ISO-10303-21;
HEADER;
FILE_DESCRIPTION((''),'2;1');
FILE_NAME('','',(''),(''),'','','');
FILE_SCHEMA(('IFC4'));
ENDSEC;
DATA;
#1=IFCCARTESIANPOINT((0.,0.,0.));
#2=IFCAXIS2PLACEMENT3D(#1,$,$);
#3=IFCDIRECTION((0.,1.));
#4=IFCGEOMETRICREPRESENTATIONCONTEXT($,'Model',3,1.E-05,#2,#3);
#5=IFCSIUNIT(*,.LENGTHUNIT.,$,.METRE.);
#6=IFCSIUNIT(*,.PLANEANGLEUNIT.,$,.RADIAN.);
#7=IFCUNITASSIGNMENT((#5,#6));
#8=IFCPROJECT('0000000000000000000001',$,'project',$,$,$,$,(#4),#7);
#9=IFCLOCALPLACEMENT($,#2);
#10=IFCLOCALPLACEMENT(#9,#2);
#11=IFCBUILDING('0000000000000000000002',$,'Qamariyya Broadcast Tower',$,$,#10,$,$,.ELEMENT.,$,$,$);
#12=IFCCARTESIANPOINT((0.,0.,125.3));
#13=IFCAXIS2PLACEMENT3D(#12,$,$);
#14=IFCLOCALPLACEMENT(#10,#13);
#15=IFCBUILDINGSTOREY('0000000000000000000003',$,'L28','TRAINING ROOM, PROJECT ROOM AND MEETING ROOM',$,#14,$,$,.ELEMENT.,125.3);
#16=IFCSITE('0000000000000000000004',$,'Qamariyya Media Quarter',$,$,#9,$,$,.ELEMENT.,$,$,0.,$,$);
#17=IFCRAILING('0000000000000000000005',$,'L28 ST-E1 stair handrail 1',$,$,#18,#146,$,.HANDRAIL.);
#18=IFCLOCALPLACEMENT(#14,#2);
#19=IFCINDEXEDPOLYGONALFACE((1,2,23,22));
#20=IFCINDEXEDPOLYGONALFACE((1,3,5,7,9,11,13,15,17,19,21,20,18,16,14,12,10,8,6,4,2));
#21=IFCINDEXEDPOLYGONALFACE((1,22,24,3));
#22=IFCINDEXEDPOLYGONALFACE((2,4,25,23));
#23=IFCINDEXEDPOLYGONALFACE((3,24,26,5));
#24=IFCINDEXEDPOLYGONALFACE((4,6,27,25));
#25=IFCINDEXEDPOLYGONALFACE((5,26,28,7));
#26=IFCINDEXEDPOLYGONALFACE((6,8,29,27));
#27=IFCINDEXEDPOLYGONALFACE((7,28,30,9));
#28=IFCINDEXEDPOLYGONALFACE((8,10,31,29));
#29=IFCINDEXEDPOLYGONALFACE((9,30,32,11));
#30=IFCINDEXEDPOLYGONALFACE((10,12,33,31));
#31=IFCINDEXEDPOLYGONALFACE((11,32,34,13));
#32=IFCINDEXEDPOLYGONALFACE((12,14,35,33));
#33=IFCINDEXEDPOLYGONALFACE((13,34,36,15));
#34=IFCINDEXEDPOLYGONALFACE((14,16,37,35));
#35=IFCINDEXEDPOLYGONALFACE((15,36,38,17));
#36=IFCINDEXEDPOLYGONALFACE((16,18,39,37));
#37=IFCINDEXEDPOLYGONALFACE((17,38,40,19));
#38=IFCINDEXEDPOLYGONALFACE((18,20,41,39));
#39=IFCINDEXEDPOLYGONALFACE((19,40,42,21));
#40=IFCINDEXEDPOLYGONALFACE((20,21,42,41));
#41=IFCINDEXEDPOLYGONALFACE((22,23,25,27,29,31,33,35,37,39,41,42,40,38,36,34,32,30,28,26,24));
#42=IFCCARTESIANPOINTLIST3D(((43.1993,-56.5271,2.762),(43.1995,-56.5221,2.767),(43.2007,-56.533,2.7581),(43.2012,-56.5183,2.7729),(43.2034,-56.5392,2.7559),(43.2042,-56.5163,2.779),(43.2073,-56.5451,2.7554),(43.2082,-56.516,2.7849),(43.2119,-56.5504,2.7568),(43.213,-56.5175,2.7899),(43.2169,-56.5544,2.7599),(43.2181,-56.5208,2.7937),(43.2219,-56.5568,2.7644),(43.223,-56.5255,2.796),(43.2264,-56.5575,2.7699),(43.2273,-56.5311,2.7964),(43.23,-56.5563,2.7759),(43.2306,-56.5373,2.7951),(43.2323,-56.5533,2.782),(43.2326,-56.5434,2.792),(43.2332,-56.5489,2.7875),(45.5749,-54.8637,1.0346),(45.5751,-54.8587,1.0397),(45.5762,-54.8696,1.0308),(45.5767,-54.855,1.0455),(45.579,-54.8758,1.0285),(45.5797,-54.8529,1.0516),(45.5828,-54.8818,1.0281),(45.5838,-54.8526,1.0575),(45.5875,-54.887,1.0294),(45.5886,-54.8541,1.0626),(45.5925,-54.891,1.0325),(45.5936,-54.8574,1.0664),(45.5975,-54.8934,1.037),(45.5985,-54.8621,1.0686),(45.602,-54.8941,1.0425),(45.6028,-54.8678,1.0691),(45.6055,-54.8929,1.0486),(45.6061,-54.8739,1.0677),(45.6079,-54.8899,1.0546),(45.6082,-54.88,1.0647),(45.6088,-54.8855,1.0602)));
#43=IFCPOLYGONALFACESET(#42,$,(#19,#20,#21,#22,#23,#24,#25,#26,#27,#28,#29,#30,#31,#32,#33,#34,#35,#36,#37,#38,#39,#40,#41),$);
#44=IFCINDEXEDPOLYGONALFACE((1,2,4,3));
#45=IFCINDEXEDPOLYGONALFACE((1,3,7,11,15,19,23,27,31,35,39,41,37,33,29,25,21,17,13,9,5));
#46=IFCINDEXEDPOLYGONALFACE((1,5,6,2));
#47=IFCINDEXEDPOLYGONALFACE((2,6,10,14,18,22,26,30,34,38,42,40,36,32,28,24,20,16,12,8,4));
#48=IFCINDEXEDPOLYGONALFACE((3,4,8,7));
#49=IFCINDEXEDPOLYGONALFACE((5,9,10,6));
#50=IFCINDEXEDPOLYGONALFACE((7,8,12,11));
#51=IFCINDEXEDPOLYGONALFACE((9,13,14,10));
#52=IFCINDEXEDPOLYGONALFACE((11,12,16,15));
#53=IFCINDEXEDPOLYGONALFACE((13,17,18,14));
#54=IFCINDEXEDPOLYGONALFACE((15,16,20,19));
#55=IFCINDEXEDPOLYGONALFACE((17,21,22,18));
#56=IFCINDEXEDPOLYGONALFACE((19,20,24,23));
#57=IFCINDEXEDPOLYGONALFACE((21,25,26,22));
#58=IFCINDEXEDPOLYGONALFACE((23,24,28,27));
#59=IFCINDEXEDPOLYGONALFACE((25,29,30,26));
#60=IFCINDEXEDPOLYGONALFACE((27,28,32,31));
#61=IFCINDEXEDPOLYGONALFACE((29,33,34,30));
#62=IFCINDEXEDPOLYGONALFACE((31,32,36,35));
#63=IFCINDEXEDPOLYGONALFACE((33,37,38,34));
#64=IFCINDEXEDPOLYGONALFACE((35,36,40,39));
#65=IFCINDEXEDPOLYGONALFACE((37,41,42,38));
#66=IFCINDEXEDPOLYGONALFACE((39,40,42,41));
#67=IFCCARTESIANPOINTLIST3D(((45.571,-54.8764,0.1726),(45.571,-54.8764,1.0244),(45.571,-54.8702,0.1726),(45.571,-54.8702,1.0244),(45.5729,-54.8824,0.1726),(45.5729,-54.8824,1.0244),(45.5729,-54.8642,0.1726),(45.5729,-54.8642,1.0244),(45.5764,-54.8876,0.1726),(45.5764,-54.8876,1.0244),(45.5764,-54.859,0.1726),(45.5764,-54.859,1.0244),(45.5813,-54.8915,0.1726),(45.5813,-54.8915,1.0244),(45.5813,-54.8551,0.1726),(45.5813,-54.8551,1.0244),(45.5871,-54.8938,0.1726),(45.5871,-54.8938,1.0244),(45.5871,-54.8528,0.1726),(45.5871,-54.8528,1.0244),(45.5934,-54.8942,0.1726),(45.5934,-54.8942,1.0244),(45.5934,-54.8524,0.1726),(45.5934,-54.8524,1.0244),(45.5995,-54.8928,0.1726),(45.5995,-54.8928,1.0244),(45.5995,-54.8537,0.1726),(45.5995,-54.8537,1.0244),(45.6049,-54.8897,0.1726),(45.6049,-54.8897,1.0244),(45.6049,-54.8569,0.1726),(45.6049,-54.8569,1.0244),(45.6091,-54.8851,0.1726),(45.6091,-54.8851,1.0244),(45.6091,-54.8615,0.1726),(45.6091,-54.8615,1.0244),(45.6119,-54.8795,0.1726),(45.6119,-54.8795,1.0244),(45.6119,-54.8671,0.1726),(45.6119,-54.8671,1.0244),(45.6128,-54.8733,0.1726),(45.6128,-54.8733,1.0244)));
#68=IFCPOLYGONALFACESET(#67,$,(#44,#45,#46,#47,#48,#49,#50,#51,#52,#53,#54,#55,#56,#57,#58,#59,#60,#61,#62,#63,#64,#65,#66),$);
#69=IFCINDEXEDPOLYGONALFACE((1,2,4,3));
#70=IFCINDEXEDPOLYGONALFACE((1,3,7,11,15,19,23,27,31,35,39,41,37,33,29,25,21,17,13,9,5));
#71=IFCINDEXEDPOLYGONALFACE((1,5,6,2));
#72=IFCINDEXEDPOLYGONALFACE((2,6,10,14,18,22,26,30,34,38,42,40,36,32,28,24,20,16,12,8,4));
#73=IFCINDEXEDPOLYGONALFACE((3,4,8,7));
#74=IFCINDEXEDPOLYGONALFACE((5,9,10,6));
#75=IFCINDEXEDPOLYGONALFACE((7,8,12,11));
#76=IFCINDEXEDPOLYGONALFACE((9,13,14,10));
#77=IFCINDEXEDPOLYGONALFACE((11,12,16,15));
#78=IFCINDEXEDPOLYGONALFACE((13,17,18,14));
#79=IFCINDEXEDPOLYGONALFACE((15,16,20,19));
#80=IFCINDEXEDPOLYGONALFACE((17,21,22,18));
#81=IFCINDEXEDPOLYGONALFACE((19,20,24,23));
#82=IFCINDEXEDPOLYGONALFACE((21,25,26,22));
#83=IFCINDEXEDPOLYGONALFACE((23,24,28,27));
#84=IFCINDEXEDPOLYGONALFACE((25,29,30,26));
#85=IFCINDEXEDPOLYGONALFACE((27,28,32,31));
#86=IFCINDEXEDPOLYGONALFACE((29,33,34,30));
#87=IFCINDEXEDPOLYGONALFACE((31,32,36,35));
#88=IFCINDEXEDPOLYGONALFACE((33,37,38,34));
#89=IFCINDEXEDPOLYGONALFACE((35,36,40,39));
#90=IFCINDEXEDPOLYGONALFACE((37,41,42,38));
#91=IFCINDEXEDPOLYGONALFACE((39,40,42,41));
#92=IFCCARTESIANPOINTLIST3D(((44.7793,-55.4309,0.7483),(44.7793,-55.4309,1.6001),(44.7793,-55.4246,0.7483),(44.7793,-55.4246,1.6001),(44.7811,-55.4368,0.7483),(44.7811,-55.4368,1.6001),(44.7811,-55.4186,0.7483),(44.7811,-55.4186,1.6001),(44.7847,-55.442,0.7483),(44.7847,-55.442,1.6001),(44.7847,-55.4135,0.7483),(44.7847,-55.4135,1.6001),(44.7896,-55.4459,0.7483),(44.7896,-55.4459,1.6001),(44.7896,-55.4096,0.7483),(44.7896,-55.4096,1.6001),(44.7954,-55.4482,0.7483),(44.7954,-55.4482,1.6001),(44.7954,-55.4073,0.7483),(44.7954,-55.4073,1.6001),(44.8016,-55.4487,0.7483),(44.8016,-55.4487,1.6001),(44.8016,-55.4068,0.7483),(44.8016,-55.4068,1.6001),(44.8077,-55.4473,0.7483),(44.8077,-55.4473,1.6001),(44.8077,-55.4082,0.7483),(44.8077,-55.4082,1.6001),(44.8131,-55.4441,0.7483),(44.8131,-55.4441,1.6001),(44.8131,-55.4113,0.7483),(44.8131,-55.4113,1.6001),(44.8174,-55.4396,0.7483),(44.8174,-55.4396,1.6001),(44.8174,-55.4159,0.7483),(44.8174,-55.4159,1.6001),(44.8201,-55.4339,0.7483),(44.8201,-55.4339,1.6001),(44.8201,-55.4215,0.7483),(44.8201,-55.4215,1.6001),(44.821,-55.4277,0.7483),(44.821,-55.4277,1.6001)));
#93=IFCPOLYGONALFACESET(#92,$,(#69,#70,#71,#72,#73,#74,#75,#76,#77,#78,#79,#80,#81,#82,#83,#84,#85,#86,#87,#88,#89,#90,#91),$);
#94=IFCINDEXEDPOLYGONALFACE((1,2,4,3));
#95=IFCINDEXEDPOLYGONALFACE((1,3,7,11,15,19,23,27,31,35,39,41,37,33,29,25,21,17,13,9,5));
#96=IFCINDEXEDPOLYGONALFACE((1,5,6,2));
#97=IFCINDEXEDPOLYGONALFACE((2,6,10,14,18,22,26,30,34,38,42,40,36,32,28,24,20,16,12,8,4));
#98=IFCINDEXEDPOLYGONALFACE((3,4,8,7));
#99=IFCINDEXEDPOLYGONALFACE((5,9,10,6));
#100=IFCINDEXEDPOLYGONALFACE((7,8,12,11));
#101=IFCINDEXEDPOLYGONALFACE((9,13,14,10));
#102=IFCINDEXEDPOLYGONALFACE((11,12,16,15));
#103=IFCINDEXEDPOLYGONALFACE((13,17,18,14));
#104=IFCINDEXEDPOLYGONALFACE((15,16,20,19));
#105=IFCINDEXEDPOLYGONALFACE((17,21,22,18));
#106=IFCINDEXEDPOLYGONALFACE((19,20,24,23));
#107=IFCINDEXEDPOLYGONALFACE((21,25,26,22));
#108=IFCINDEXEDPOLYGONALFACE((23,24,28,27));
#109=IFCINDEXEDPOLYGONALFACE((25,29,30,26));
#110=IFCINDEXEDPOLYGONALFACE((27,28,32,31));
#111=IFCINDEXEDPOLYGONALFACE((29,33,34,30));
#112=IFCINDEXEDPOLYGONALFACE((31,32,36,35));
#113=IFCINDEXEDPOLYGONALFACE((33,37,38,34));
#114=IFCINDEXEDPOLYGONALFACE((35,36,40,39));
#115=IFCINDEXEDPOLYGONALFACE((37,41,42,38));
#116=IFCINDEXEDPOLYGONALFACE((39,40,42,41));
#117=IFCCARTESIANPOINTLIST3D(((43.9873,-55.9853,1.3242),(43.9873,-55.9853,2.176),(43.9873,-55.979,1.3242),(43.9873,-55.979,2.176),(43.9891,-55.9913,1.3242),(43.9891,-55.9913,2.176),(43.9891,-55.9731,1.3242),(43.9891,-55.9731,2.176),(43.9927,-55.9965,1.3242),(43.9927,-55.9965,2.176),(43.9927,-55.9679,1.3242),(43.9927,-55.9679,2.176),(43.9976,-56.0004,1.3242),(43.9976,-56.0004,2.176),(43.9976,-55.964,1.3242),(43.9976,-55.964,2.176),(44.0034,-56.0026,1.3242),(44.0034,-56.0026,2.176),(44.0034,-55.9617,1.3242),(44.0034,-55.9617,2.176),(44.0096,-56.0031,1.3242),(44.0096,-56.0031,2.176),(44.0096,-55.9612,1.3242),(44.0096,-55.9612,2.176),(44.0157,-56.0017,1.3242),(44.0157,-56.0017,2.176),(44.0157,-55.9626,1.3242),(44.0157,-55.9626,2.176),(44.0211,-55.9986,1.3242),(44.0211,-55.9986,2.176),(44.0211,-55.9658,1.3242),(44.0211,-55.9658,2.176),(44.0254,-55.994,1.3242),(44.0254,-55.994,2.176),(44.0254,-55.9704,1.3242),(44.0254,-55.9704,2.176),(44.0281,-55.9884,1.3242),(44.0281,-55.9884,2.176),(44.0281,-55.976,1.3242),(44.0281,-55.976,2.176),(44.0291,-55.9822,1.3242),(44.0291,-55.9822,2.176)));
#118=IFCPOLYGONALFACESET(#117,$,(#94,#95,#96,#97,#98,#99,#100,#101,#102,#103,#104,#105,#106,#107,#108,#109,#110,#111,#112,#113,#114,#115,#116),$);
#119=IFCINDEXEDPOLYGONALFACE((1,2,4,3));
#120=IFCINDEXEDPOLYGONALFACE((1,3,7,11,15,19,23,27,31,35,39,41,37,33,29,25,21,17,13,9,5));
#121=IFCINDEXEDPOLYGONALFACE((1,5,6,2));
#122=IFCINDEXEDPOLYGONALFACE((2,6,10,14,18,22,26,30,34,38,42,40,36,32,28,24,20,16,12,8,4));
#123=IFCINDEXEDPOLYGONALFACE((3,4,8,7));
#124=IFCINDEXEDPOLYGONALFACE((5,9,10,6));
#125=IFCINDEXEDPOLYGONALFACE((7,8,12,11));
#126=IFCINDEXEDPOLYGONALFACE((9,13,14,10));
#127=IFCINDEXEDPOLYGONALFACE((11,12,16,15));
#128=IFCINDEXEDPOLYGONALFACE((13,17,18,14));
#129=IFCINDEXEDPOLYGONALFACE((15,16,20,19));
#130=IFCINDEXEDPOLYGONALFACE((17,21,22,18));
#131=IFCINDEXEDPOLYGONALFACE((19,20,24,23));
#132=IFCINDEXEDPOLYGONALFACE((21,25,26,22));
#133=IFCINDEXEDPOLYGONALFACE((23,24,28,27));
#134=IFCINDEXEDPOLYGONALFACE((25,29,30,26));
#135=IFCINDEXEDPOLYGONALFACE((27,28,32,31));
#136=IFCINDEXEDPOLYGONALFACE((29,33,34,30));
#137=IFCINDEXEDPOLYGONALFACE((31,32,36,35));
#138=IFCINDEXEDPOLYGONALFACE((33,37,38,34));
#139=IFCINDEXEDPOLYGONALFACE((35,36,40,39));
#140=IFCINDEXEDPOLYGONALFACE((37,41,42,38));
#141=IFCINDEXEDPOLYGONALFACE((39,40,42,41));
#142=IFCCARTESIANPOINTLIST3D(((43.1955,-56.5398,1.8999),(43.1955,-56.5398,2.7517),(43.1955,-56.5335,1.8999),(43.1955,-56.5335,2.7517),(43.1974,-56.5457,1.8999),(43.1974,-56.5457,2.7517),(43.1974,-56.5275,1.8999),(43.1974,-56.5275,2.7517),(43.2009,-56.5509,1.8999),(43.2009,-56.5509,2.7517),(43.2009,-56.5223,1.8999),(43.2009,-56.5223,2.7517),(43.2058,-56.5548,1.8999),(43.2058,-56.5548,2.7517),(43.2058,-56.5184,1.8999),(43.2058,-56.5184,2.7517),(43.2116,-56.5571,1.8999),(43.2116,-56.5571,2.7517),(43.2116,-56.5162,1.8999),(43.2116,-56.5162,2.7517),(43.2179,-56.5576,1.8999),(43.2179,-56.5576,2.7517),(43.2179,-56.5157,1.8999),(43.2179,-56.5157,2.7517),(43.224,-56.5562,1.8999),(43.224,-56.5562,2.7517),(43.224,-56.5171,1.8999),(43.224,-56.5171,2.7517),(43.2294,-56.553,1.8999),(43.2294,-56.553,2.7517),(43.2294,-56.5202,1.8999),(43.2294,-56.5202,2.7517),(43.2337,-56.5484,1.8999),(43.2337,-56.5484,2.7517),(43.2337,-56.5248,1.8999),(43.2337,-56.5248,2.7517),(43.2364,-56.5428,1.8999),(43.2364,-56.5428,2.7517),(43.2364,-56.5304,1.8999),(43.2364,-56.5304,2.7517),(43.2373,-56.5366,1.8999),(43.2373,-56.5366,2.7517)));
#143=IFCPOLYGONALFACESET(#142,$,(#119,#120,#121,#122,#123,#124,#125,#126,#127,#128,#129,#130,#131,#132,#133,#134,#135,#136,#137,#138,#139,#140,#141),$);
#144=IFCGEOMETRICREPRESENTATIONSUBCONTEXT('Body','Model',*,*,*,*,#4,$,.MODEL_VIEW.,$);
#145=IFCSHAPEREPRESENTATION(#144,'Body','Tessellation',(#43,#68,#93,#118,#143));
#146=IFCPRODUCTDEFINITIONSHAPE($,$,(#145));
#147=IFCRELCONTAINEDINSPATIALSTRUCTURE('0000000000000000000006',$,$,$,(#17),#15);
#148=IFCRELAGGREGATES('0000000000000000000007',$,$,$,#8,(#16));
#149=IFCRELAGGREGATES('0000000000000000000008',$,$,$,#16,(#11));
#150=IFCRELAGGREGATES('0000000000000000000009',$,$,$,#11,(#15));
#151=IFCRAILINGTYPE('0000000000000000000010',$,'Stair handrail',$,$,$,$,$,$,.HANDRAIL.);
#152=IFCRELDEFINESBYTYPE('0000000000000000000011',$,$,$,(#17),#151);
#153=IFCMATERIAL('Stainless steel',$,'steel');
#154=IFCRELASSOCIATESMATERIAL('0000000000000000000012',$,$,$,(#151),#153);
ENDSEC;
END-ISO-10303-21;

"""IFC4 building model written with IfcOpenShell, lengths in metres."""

from ifc_helpers import new_model, si_unit, direction, frame, origin, origin_2d, place, context, subcontext, project, spatial, circle, extrude, material, type_object, element, save


model = new_model("IFC4")

# Units and contexts
model_context = context("Model", 3, precision=1e-05, world=origin(), true_north=direction((0.0, 1.0)))
body_context = subcontext(model_context, "Body", "Model", "MODEL_VIEW")
ifc_project = project(units=[si_unit("LENGTHUNIT", "METRE"), si_unit("PLANEANGLEUNIT", "RADIAN")], contexts=[model_context])

# Site, building, storey
site_placement = place(None, origin())
site = spatial("IfcSite", under=ifc_project, at=site_placement, Name="Qamariyya Media Quarter", CompositionType="ELEMENT", RefElevation=0.0)
building_placement = place(site_placement, origin())
building = spatial("IfcBuilding", under=site, at=building_placement, Name="Qamariyya Broadcast Tower", CompositionType="ELEMENT")
storey_placement = place(building_placement, frame((0.0, 0.0, 125.3)))
storey = spatial("IfcBuildingStorey", under=building, at=storey_placement, Name="L28", Description="TRAINING ROOM, PROJECT ROOM AND MEETING ROOM", CompositionType="ELEMENT", Elevation=125.3)

# Railing
ifc_material_1 = material(Name="Stainless steel", Category="steel")
railing_type_1 = type_object("IfcRailingType", Name="Stair handrail", PredefinedType="HANDRAIL", material=ifc_material_1)
railing_1_placement = place(storey_placement, frame((45.5918, -54.8733, 0.1726)))
element("IfcRailing", 1, at=railing_1_placement, inside=storey, type_object=railing_type_1, Name="L28 ST-E1 stair handrail 1", PredefinedType="HANDRAIL", context=body_context, shape_type="SweptSolid", body=[
    extrude(circle(Radius=0.0239, at=origin_2d()), frame((0.0, 0.0, 0.876), z_axis=(-0.70377, -0.492784, 0.511734), x_axis=(0.573575, -0.819153, 0.0)), (0.0, 0.0, 1.0), 3.3755),
    extrude(circle(Radius=0.021, at=origin_2d()), origin(), (0.0, 0.0, 1.0), 0.8518),
    extrude(circle(Radius=0.021, at=origin_2d()), frame((-0.7917, -0.5544, 0.5757)), (0.0, 0.0, 1.0), 0.8518),
    extrude(circle(Radius=0.021, at=origin_2d()), frame((-1.5837, -1.1089, 1.1516)), (0.0, 0.0, 1.0), 0.8518),
    extrude(circle(Radius=0.021, at=origin_2d()), frame((-2.3755, -1.6633, 1.7273)), (0.0, 0.0, 1.0), 0.8518),
])

save(model, "model.ifc")
